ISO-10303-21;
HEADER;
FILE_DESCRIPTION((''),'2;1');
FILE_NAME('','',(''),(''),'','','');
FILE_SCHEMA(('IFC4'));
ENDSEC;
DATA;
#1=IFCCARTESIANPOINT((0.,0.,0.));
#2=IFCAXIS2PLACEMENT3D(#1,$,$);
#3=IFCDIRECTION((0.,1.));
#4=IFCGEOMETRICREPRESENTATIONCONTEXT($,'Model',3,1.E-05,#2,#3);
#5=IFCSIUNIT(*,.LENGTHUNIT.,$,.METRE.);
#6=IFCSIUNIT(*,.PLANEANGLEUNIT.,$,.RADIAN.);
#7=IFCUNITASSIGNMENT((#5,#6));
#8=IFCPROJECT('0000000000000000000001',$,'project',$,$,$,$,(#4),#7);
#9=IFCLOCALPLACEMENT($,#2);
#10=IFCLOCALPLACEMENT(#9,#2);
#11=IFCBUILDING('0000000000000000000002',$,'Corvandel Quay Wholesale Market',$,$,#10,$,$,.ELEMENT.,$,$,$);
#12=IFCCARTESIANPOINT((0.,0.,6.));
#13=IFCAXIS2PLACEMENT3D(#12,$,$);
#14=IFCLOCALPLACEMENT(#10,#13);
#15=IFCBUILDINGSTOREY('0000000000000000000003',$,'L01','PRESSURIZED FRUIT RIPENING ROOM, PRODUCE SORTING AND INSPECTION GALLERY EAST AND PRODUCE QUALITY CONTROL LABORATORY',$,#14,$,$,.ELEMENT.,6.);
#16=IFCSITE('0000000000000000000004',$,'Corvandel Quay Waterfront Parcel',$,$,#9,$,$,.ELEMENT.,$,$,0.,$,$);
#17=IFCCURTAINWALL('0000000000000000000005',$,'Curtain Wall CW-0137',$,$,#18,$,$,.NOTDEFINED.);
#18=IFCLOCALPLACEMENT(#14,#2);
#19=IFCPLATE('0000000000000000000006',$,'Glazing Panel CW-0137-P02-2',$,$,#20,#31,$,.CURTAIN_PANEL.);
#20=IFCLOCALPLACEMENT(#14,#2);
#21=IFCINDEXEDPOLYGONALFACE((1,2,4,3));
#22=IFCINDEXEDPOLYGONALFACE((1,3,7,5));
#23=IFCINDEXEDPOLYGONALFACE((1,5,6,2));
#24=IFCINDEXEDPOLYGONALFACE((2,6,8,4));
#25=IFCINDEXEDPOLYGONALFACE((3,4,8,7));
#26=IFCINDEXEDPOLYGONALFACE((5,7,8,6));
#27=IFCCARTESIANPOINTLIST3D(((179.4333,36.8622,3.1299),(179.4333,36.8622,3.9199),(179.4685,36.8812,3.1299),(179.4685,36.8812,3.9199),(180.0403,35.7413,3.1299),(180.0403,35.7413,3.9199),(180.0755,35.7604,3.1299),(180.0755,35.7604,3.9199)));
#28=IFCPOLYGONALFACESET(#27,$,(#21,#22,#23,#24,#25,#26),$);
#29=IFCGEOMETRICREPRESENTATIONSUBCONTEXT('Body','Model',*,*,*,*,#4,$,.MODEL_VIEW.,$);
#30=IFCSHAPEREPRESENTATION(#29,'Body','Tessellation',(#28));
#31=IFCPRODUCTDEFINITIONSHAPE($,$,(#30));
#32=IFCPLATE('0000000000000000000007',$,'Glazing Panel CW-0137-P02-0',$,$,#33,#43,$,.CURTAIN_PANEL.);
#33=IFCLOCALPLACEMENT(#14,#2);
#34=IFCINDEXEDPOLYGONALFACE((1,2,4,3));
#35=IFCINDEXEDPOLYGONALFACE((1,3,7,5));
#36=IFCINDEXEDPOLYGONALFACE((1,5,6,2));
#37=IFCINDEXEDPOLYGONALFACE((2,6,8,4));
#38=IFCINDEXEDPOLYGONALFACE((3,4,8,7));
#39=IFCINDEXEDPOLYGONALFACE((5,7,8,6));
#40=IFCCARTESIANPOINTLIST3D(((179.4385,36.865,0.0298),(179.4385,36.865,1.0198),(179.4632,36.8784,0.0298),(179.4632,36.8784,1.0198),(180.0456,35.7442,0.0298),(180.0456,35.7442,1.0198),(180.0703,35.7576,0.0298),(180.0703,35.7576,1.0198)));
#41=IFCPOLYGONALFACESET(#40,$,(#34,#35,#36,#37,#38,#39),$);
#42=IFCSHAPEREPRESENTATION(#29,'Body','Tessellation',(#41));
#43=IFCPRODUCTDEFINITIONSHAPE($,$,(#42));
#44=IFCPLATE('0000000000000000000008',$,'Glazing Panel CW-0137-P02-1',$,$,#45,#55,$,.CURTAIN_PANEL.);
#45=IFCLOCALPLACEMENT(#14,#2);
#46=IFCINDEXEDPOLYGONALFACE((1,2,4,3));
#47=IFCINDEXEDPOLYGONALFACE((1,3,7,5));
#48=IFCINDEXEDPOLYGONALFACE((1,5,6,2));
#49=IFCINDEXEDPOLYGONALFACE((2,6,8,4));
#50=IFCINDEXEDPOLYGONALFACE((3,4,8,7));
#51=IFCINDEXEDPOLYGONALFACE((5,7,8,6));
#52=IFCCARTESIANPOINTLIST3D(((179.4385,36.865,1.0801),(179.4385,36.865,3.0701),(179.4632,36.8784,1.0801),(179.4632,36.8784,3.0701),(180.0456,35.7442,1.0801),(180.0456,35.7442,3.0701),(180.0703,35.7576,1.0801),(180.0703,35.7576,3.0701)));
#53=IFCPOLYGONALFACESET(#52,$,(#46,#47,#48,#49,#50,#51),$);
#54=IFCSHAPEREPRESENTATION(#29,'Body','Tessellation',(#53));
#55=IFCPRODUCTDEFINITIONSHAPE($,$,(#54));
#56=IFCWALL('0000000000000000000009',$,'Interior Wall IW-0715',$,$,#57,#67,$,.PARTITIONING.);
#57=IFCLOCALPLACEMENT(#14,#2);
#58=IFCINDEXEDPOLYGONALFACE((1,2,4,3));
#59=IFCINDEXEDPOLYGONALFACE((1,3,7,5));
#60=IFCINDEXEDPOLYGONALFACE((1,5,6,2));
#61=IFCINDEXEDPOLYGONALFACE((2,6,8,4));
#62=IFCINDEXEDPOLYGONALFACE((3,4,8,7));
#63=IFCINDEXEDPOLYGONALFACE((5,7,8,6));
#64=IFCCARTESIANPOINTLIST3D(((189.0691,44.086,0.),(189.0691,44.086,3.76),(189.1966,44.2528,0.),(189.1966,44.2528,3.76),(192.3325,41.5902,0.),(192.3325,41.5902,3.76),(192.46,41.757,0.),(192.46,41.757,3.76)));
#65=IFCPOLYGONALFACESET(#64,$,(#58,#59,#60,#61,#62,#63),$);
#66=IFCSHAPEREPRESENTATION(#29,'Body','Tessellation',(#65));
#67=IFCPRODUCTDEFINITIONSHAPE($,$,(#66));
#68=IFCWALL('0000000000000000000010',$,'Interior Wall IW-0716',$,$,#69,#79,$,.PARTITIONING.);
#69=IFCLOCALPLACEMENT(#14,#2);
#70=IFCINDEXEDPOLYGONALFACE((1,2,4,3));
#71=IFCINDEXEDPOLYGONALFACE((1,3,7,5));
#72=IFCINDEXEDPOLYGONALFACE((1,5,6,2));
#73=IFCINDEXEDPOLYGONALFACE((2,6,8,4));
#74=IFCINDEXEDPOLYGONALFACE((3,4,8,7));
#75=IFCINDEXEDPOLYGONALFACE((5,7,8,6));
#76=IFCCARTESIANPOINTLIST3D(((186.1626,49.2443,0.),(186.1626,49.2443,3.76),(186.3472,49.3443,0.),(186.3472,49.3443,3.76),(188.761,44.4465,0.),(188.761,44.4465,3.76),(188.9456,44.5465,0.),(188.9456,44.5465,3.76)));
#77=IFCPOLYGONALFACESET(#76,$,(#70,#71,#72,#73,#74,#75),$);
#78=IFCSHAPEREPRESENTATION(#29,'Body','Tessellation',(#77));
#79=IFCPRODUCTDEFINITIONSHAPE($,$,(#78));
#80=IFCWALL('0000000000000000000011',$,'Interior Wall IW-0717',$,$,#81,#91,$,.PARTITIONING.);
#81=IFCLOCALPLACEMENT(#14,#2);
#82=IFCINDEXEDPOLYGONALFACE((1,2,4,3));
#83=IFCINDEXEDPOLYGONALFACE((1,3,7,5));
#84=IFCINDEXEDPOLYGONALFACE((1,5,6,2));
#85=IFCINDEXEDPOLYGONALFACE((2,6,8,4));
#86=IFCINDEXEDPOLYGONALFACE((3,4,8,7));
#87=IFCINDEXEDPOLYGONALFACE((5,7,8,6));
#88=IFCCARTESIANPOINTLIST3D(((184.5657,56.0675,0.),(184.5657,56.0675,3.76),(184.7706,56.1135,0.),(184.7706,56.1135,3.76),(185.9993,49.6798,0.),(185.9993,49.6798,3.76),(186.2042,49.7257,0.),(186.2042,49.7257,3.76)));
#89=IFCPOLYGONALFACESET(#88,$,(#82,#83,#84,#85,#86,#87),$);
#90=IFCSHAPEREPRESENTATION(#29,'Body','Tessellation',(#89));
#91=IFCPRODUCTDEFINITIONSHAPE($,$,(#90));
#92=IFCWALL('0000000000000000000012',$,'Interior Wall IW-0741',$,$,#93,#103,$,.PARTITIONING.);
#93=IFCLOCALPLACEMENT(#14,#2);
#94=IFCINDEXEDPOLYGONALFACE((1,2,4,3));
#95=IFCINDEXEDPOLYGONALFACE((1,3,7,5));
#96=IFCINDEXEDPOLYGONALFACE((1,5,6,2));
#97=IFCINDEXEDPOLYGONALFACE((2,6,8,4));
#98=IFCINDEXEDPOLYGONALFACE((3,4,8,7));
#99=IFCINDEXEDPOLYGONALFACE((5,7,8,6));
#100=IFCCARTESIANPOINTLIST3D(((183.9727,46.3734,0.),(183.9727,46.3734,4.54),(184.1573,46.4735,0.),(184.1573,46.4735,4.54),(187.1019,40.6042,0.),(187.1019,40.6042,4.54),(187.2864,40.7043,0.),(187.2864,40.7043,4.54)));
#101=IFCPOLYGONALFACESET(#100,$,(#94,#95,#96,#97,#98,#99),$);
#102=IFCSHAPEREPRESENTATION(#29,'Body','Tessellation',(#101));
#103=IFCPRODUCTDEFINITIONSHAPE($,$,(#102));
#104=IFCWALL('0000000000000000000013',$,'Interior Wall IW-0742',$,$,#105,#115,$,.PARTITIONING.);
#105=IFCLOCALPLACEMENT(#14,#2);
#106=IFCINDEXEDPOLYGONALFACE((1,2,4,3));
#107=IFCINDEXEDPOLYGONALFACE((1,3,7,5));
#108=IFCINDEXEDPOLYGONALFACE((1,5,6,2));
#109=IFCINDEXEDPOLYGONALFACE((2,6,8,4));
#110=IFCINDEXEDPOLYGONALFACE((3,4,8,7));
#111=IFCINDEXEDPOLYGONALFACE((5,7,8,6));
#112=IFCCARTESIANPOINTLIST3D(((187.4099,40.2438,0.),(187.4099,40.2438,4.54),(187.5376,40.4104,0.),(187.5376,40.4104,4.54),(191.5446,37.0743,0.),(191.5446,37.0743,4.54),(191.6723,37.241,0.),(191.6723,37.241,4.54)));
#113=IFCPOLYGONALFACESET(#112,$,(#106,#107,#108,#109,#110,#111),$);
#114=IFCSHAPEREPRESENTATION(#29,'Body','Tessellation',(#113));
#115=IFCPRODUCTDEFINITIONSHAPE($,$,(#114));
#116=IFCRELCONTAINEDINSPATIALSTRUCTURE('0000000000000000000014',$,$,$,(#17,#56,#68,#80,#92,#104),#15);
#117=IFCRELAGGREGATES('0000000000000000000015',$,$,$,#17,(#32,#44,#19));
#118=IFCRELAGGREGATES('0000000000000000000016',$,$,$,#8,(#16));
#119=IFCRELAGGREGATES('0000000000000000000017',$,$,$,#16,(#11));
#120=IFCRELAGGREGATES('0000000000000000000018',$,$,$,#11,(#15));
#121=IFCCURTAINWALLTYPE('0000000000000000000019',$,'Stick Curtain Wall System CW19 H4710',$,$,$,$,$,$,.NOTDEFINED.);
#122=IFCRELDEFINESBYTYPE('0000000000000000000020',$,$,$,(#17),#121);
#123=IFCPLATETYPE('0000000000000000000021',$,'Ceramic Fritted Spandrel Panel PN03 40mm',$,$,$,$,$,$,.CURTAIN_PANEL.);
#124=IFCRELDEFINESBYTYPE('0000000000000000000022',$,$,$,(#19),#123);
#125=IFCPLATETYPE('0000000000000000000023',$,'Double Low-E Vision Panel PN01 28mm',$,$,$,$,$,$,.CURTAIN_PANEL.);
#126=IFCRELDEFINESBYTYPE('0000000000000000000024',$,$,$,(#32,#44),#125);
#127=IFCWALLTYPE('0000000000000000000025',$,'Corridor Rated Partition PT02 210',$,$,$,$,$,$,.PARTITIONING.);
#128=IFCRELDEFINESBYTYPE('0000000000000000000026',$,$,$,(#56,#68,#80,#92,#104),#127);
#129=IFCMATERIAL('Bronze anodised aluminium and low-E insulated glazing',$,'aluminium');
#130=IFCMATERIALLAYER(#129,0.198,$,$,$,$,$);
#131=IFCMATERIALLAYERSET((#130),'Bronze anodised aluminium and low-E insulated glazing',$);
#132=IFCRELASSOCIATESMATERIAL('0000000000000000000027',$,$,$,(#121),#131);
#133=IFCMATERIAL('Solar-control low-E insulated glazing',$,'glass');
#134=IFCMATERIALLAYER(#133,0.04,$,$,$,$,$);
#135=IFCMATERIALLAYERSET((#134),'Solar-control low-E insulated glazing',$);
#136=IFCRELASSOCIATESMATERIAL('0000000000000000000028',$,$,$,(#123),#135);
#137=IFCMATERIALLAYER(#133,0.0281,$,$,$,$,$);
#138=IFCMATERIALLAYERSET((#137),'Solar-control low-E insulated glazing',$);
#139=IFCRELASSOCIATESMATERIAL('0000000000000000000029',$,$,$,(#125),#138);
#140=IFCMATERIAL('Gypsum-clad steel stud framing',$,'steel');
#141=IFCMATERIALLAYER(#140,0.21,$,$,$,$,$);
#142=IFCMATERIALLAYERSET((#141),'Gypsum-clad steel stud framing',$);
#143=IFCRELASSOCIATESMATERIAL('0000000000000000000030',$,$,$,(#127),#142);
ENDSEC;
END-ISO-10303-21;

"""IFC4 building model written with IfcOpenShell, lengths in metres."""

from ifc_helpers import new_model, si_unit, direction, frame, frame_2d, origin, origin_2d, place, context, subcontext, project, spatial, rectangle, extrude, material, layer, layer_set, type_object, element, aggregate, save


model = new_model("IFC4")

# Units and contexts
model_context = context("Model", 3, precision=1e-05, world=origin(), true_north=direction((0.0, 1.0)))
body_context = subcontext(model_context, "Body", "Model", "MODEL_VIEW")
ifc_project = project(units=[si_unit("LENGTHUNIT", "METRE"), si_unit("PLANEANGLEUNIT", "RADIAN")], contexts=[model_context])

# Site, building, storey
site_placement = place(None, origin())
site = spatial("IfcSite", under=ifc_project, at=site_placement, Name="Corvandel Quay Waterfront Parcel", CompositionType="ELEMENT", RefElevation=0.0)
building_placement = place(site_placement, origin())
building = spatial("IfcBuilding", under=site, at=building_placement, Name="Corvandel Quay Wholesale Market", CompositionType="ELEMENT")
storey_placement = place(building_placement, frame((0.0, 0.0, 6.0)))
storey = spatial("IfcBuildingStorey", under=building, at=storey_placement, Name="L01", Description="PRESSURIZED FRUIT RIPENING ROOM, PRODUCE SORTING AND INSPECTION GALLERY EAST AND PRODUCE QUALITY CONTROL LABORATORY", CompositionType="ELEMENT", Elevation=6.0)

# Curtain wall
ifc_material_1 = material(Name="Bronze anodised aluminium and low-E insulated glazing", Category="aluminium")
ifc_layer_1 = layer(ifc_material_1, 0.198)
ifc_layer_set_1 = layer_set([ifc_layer_1], Name="Bronze anodised aluminium and low-E insulated glazing")
curtain_wall_type = type_object("IfcCurtainWallType", Name="Stick Curtain Wall System CW19 H4710", PredefinedType="NOTDEFINED", material=ifc_layer_set_1)
curtain_wall_placement = place(storey_placement, origin())
curtain_wall = element("IfcCurtainWall", 1, at=curtain_wall_placement, inside=storey, type_object=curtain_wall_type, Name="Curtain Wall CW-0137", PredefinedType="NOTDEFINED")

# Plates
ifc_material_2 = material(Name="Solar-control low-E insulated glazing", Category="glass")
ifc_layer_2 = layer(ifc_material_2, 0.04)
ifc_layer_set_2 = layer_set([ifc_layer_2], Name="Solar-control low-E insulated glazing")
plate_type_1 = type_object("IfcPlateType", Name="Ceramic Fritted Spandrel Panel PN03 40mm", PredefinedType="CURTAIN_PANEL", material=ifc_layer_set_2)
plate_1_placement = place(storey_placement, frame((179.7544, 36.3113, 3.1299), z_axis=(0.0, 0.0, 1.0), x_axis=(-0.476238, 0.879316, 0.0)))
plate_1 = element("IfcPlate", 2, at=plate_1_placement, type_object=plate_type_1, Name="Glazing Panel CW-0137-P02-2", PredefinedType="CURTAIN_PANEL", context=body_context, shape_type="SweptSolid", body=[
    extrude(rectangle(XDim=1.2747, YDim=0.04, at=origin_2d()), origin(), (0.0, 0.0, 1.0), 0.79),
])
ifc_layer_3 = layer(ifc_material_2, 0.0281)
ifc_layer_set_3 = layer_set([ifc_layer_3], Name="Solar-control low-E insulated glazing")
plate_type_2 = type_object("IfcPlateType", Name="Double Low-E Vision Panel PN01 28mm", PredefinedType="CURTAIN_PANEL", material=ifc_layer_set_3)
plate_2_placement = place(storey_placement, frame((179.7544, 36.3113, 0.0298), z_axis=(0.0, 0.0, 1.0), x_axis=(-0.476238, 0.879316, 0.0)))
plate_2 = element("IfcPlate", 3, at=plate_2_placement, type_object=plate_type_2, Name="Glazing Panel CW-0137-P02-0", PredefinedType="CURTAIN_PANEL", context=body_context, shape_type="SweptSolid", body=[
    extrude(rectangle(XDim=1.2747, YDim=0.0281, at=origin_2d()), origin(), (0.0, 0.0, 1.0), 0.99),
])
plate_3_placement = place(storey_placement, frame((179.7544, 36.3113, 1.0801), z_axis=(0.0, 0.0, 1.0), x_axis=(-0.476238, 0.879316, 0.0)))
plate_3 = element("IfcPlate", 4, at=plate_3_placement, type_object=plate_type_2, Name="Glazing Panel CW-0137-P02-1", PredefinedType="CURTAIN_PANEL", context=body_context, shape_type="SweptSolid", body=[
    extrude(rectangle(XDim=1.2747, YDim=0.0281, at=origin_2d()), origin(), (0.0, 0.0, 1.0), 1.99),
])
aggregate(curtain_wall, [plate_2, plate_3, plate_1])

# Walls
ifc_material_3 = material(Name="Gypsum-clad steel stud framing", Category="steel")
ifc_layer_4 = layer(ifc_material_3, 0.21)
ifc_layer_set_4 = layer_set([ifc_layer_4], Name="Gypsum-clad steel stud framing")
wall_type = type_object("IfcWallType", Name="Corridor Rated Partition PT02 210", PredefinedType="PARTITIONING", material=ifc_layer_set_4)
wall_1_placement = place(storey_placement, frame((192.3962, 41.6736, 0.0), z_axis=(0.0, 0.0, 1.0), x_axis=(-0.794324, 0.607494, 0.0)))
element("IfcWall", 5, at=wall_1_placement, inside=storey, type_object=wall_type, Name="Interior Wall IW-0715", PredefinedType="PARTITIONING", context=body_context, shape_type="SweptSolid", body=[
    extrude(rectangle(XDim=4.1084, YDim=0.21, at=frame_2d((2.0542, 0.0))), origin(), (0.0, 0.0, 1.0), 3.76),
])
wall_2_placement = place(storey_placement, frame((188.8533, 44.4966, 0.0), z_axis=(0.0, 0.0, 1.0), x_axis=(-0.47622, 0.879326, 0.0)))
element("IfcWall", 6, at=wall_2_placement, inside=storey, type_object=wall_type, Name="Interior Wall IW-0716", PredefinedType="PARTITIONING", context=body_context, shape_type="SweptSolid", body=[
    extrude(rectangle(XDim=5.4563, YDim=0.21, at=frame_2d((2.728, 0.0))), origin(), (0.0, 0.0, 1.0), 3.76),
])
wall_3_placement = place(storey_placement, frame((186.1018, 49.7026, 0.0), z_axis=(0.0, 0.0, 1.0), x_axis=(-0.218983, 0.975729, 0.0)))
element("IfcWall", 7, at=wall_3_placement, inside=storey, type_object=wall_type, Name="Interior Wall IW-0717", PredefinedType="PARTITIONING", context=body_context, shape_type="SweptSolid", body=[
    extrude(rectangle(XDim=6.5466, YDim=0.21, at=frame_2d((3.2734, 0.0))), origin(), (0.0, 0.0, 1.0), 3.76),
])
wall_4_placement = place(storey_placement, frame((184.0649, 46.4236, 0.0), z_axis=(0.0, 0.0, 1.0), x_axis=(0.476768, -0.879029, 0.0)))
element("IfcWall", 8, at=wall_4_placement, inside=storey, type_object=wall_type, Name="Interior Wall IW-0741", PredefinedType="PARTITIONING", context=body_context, shape_type="SweptSolid", body=[
    extrude(rectangle(XDim=6.5632, YDim=0.21, at=frame_2d((3.2817, 0.0))), origin(), (0.0, 0.0, 1.0), 4.54),
])
wall_5_placement = place(storey_placement, frame((187.4736, 40.3271, 0.0), z_axis=(0.0, 0.0, 1.0), x_axis=(0.793658, -0.608365, 0.0)))
element("IfcWall", 9, at=wall_5_placement, inside=storey, type_object=wall_type, Name="Interior Wall IW-0742", PredefinedType="PARTITIONING", context=body_context, shape_type="SweptSolid", body=[
    extrude(rectangle(XDim=5.2097, YDim=0.21, at=frame_2d((2.605, 0.0))), origin(), (0.0, 0.0, 1.0), 4.54),
])

save(model, "model.ifc")
